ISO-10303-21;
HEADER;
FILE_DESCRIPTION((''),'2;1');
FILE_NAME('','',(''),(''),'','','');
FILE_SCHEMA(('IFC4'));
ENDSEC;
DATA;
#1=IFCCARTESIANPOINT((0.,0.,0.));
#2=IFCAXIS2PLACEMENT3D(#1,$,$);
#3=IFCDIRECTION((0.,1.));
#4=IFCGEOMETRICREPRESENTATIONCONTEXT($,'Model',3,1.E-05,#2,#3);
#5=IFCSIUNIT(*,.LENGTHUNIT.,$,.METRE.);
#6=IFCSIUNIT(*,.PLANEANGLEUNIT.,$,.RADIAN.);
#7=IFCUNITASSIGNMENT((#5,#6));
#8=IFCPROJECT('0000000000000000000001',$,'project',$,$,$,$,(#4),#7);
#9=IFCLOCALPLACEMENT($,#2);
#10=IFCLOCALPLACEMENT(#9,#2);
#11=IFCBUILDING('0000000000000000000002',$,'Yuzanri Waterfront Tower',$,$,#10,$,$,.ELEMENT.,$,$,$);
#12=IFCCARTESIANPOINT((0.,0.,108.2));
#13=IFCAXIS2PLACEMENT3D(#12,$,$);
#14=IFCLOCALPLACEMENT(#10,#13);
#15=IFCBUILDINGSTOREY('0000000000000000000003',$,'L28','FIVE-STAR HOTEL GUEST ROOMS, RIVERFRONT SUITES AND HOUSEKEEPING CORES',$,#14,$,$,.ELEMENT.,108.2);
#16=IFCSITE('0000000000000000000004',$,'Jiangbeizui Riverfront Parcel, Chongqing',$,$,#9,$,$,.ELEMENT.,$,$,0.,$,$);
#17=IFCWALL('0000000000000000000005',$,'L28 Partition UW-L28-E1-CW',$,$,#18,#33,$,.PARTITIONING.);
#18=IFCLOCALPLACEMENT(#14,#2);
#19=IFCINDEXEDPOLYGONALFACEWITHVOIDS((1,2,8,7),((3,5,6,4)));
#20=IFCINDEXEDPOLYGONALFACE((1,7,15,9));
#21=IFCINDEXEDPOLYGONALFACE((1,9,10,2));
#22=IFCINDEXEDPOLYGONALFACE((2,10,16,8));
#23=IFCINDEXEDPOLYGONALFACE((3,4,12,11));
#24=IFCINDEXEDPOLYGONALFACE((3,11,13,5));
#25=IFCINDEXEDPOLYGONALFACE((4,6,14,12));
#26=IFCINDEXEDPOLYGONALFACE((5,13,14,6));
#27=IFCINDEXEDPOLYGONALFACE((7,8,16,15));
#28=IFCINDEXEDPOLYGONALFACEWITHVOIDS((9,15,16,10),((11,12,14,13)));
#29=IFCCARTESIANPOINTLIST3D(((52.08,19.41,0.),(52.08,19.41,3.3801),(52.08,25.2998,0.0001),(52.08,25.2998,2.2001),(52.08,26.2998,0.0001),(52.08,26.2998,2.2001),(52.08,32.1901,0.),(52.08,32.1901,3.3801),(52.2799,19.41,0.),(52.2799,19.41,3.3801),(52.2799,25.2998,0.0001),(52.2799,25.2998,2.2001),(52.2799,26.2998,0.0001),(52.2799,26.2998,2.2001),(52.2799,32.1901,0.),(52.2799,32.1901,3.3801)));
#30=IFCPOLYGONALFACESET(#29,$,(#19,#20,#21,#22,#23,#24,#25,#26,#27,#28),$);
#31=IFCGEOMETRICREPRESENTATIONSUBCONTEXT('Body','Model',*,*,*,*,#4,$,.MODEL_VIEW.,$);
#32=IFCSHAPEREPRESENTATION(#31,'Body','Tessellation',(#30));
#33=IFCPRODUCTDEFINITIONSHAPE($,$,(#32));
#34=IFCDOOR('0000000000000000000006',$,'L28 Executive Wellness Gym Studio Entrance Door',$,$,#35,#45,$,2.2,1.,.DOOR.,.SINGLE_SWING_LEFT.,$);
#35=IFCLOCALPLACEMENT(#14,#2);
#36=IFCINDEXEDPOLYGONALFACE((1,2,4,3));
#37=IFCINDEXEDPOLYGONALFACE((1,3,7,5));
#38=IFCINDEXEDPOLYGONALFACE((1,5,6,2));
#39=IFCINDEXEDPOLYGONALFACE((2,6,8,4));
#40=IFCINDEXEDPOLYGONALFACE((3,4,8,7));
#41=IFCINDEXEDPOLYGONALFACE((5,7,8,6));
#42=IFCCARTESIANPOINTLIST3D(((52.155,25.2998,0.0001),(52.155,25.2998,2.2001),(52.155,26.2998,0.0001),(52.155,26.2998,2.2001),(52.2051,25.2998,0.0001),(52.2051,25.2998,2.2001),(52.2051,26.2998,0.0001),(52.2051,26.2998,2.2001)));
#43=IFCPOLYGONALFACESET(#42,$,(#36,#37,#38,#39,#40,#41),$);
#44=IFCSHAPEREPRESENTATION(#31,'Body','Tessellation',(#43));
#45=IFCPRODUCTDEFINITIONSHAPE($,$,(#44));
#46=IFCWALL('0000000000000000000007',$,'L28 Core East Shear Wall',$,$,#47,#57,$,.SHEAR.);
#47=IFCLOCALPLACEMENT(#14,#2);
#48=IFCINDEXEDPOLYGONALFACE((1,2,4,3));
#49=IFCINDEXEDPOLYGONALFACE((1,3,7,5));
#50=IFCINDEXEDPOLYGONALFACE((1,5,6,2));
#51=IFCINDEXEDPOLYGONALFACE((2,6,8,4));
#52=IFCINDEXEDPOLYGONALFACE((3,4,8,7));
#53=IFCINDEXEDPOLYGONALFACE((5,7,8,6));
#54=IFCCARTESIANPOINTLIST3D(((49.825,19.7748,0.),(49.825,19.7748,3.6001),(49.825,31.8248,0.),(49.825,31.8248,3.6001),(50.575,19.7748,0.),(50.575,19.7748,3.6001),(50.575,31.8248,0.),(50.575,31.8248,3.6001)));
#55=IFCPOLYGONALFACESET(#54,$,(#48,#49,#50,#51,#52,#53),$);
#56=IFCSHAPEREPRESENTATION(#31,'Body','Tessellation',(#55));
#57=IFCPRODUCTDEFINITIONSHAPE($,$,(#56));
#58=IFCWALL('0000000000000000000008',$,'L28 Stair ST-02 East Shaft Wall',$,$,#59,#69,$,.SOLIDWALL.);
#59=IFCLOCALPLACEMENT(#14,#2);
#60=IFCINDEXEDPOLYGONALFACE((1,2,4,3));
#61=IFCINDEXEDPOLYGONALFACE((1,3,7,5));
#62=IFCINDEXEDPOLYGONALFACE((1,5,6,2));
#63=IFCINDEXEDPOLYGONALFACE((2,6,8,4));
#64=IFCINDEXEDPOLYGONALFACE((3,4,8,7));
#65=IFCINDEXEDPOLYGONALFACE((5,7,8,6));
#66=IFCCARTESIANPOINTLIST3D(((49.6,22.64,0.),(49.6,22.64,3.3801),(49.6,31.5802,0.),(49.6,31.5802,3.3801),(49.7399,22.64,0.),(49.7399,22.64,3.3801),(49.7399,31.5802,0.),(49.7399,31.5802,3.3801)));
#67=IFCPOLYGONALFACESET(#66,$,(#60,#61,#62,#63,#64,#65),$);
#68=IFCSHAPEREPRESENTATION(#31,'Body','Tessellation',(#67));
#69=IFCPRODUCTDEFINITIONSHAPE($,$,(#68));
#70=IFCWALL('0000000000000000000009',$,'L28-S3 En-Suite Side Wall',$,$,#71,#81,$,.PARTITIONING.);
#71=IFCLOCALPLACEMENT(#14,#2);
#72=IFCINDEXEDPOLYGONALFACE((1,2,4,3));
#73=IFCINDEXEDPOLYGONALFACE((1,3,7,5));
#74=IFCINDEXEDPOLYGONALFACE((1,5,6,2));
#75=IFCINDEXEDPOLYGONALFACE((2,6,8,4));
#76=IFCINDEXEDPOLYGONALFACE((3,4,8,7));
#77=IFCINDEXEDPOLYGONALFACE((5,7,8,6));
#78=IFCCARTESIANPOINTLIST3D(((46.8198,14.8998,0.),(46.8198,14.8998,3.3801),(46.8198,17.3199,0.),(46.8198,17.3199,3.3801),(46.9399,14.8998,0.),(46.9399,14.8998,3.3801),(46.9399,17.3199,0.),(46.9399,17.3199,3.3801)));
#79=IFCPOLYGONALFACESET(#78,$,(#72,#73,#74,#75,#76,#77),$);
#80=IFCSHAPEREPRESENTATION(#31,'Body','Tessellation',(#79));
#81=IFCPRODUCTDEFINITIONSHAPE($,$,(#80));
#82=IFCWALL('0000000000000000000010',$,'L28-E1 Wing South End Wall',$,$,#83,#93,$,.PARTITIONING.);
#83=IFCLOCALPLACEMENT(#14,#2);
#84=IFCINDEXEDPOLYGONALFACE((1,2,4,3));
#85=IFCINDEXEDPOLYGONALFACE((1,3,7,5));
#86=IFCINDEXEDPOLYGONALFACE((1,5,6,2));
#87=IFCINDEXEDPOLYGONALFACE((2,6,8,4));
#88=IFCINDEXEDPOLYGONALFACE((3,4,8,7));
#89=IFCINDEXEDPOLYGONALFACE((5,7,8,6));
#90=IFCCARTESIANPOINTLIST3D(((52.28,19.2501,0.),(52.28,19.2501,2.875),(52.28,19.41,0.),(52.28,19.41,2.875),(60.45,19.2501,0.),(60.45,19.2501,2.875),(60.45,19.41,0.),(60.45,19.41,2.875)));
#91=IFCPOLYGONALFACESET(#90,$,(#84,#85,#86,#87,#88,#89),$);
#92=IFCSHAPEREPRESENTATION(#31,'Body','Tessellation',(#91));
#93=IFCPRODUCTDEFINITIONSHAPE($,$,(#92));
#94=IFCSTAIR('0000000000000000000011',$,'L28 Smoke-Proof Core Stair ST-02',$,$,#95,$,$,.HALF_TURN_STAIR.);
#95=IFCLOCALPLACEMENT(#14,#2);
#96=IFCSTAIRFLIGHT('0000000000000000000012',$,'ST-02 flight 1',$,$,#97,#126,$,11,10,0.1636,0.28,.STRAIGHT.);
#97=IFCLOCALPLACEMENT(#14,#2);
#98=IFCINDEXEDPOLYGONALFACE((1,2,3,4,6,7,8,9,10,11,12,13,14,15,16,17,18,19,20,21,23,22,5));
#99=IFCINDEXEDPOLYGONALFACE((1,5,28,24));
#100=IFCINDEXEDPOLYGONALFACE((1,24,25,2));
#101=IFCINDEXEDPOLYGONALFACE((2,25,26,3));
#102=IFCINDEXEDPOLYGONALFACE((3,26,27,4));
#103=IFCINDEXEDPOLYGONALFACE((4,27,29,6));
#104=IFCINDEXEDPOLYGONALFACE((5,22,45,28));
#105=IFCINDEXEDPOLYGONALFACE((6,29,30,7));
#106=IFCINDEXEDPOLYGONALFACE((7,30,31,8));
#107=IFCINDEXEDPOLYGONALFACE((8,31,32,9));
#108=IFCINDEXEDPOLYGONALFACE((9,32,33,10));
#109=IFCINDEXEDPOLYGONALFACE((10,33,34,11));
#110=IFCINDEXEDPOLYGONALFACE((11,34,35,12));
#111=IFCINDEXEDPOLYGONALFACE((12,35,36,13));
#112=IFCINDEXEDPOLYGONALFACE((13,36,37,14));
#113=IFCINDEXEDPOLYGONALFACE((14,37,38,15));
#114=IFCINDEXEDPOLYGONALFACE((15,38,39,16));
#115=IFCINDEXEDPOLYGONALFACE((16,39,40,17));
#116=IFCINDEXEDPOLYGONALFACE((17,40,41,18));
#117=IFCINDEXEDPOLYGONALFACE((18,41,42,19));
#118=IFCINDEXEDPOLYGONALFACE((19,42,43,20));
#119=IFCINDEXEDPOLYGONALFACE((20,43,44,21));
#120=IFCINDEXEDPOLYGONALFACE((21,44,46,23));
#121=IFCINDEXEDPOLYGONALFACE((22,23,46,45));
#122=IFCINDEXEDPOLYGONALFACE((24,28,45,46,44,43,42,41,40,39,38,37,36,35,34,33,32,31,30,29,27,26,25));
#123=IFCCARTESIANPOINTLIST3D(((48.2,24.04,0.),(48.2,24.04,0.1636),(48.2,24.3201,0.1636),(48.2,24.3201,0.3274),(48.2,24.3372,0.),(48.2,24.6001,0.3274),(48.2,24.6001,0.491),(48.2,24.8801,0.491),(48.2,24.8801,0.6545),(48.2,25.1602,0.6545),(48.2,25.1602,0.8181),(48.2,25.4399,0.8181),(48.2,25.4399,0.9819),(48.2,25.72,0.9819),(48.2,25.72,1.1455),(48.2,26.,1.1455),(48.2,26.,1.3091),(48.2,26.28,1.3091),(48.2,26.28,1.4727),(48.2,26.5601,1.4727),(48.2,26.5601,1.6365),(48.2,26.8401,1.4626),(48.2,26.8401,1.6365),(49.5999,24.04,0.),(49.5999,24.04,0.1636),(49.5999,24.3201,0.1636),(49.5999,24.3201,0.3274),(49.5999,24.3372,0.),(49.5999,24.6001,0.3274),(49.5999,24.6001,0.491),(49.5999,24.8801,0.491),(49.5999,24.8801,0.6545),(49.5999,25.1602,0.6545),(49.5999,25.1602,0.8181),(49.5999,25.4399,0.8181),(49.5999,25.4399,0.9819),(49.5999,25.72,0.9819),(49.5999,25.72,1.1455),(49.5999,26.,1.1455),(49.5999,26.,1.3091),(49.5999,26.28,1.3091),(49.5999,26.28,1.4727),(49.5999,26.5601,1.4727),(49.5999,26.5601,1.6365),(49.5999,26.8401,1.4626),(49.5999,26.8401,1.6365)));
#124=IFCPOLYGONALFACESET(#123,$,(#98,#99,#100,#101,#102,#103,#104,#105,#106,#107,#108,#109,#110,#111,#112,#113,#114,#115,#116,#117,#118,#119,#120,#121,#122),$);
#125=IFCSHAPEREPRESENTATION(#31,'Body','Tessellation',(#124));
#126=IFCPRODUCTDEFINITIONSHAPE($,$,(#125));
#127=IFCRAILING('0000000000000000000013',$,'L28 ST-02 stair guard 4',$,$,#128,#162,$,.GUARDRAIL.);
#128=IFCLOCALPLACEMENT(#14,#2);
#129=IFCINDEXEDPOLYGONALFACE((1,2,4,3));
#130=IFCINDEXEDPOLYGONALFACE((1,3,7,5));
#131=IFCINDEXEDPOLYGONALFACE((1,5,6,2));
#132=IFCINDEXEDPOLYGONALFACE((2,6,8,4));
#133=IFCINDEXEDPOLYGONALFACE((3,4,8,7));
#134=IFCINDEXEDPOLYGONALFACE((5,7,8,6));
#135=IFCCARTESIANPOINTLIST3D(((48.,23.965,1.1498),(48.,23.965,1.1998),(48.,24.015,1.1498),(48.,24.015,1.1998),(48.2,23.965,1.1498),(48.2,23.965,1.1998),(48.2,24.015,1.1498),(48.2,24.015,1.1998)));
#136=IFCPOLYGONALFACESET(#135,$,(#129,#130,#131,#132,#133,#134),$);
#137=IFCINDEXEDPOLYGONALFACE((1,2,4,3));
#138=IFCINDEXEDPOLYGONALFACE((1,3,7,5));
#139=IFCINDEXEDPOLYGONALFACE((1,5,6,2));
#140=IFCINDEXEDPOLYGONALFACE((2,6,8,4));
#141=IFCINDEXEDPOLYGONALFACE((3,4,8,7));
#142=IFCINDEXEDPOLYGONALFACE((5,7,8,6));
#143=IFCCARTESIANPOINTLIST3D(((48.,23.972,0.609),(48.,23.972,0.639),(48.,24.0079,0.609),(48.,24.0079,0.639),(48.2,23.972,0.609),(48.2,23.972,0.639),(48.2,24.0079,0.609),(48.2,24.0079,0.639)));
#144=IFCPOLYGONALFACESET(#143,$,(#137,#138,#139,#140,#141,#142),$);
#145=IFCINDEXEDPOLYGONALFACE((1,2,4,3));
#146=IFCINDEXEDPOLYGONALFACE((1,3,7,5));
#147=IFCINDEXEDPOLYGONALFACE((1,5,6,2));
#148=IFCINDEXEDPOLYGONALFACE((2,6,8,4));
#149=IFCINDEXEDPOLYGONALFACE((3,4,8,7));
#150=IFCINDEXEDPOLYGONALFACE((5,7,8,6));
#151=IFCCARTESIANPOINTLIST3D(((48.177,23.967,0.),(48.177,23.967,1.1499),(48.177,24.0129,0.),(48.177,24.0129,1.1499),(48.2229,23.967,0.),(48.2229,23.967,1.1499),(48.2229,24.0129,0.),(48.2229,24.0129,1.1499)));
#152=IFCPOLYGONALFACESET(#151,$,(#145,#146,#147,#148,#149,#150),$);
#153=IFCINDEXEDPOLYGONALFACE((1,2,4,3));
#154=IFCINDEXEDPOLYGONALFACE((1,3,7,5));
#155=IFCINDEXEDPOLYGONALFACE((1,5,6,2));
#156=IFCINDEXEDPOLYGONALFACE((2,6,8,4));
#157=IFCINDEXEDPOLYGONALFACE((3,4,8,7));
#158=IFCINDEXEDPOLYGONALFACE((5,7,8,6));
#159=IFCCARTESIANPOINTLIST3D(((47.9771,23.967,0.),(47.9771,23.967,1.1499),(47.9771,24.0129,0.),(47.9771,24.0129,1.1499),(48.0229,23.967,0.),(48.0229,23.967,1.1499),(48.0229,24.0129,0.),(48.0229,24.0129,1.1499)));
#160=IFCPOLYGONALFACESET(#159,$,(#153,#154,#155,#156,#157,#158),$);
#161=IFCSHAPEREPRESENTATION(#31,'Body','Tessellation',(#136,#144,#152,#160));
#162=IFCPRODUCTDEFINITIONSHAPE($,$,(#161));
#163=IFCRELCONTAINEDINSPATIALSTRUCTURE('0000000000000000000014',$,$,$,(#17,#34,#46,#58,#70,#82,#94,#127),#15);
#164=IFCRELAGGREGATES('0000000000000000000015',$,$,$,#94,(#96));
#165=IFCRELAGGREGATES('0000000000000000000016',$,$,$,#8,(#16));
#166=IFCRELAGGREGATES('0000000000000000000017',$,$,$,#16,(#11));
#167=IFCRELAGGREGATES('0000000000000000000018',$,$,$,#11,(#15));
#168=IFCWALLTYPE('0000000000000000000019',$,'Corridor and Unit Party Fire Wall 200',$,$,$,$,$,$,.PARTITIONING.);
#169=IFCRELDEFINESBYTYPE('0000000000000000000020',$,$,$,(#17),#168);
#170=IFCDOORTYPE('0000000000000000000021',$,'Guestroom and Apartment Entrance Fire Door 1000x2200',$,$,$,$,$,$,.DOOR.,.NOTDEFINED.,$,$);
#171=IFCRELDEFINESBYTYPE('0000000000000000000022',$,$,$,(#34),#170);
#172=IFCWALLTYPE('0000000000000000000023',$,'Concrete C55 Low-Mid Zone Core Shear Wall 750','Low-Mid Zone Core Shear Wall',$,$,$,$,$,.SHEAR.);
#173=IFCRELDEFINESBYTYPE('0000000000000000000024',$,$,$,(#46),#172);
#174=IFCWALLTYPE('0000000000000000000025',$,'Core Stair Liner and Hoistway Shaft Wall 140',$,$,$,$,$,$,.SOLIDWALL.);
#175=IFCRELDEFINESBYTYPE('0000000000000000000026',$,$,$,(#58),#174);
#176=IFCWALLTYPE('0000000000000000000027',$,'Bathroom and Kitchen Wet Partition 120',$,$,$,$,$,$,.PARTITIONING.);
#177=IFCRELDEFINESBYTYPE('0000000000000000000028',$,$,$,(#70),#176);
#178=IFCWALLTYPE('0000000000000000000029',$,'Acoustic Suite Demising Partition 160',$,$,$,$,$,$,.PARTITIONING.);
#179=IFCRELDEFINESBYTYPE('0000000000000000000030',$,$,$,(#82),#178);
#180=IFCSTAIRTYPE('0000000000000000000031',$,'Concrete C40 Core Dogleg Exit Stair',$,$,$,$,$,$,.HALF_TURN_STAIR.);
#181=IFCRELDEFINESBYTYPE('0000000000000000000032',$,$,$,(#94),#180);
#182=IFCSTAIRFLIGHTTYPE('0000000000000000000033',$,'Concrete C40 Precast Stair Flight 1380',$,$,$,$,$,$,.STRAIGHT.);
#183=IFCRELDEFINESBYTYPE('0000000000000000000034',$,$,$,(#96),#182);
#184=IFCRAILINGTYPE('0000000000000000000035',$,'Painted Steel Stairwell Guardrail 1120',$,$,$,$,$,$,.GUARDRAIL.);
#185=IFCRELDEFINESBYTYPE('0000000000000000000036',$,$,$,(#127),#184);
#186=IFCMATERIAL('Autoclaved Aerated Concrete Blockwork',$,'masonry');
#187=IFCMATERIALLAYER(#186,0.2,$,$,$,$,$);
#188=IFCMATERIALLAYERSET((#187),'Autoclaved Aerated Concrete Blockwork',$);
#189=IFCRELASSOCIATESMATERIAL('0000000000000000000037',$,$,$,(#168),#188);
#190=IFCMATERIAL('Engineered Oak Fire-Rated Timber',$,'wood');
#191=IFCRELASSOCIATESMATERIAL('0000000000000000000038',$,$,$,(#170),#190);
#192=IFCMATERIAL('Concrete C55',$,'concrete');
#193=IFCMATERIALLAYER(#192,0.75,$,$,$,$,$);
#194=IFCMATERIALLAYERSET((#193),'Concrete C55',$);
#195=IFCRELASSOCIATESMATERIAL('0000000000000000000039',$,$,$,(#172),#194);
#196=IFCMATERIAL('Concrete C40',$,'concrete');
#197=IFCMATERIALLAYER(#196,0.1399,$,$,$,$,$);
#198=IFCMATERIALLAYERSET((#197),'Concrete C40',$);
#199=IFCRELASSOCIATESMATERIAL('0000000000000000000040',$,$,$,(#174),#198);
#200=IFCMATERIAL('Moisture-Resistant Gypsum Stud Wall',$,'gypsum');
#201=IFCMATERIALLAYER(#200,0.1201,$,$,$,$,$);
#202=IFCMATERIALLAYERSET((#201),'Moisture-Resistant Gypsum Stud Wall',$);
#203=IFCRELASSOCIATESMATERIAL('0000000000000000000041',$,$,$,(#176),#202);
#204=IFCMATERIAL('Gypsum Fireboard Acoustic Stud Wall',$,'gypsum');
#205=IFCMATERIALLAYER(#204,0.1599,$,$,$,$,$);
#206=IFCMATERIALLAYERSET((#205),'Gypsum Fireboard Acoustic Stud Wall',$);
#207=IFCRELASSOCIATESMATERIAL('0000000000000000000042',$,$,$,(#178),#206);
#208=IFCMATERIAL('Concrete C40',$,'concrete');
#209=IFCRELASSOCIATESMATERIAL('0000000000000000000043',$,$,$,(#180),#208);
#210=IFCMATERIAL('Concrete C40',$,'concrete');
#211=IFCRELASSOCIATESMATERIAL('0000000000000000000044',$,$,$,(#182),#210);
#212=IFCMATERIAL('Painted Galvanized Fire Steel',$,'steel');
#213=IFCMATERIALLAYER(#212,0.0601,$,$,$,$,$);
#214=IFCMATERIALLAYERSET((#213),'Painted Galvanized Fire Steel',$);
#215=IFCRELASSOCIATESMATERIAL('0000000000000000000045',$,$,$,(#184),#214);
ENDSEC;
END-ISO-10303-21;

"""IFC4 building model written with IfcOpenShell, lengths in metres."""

from ifc_helpers import new_model, si_unit, direction, frame, frame_2d, origin, origin_2d, place, context, subcontext, project, spatial, polyline, rectangle, outline, extrude, source, transform, mapped, material, layer, layer_set, type_object, element, fill, aggregate, save


model = new_model("IFC4")

# Units and contexts
model_context = context("Model", 3, precision=1e-05, world=origin(), true_north=direction((0.0, 1.0)))
body_context = subcontext(model_context, "Body", "Model", "MODEL_VIEW")
ifc_project = project(units=[si_unit("LENGTHUNIT", "METRE"), si_unit("PLANEANGLEUNIT", "RADIAN")], contexts=[model_context])

# Site, building, storey
site_placement = place(None, origin())
site = spatial("IfcSite", under=ifc_project, at=site_placement, Name="Jiangbeizui Riverfront Parcel, Chongqing", CompositionType="ELEMENT", RefElevation=0.0)
building_placement = place(site_placement, origin())
building = spatial("IfcBuilding", under=site, at=building_placement, Name="Yuzanri Waterfront Tower", CompositionType="ELEMENT")
storey_placement = place(building_placement, frame((0.0, 0.0, 108.2)))
storey = spatial("IfcBuildingStorey", under=building, at=storey_placement, Name="L28", Description="FIVE-STAR HOTEL GUEST ROOMS, RIVERFRONT SUITES AND HOUSEKEEPING CORES", CompositionType="ELEMENT", Elevation=108.2)

# Wall, opening, door
ifc_material_1 = material(Name="Autoclaved Aerated Concrete Blockwork", Category="masonry")
ifc_layer_1 = layer(ifc_material_1, 0.2)
ifc_layer_set_1 = layer_set([ifc_layer_1], Name="Autoclaved Aerated Concrete Blockwork")
wall_type_1 = type_object("IfcWallType", Name="Corridor and Unit Party Fire Wall 200", PredefinedType="PARTITIONING", material=ifc_layer_set_1)
wall_1_placement = place(storey_placement, frame((52.1799, 19.4099, 0.0), z_axis=(0.0, 0.0, 1.0), x_axis=(0.0, 1.0, 0.0)))
wall_1 = element("IfcWall", 1, at=wall_1_placement, inside=storey, type_object=wall_type_1, Name="L28 Partition UW-L28-E1-CW", PredefinedType="PARTITIONING", context=body_context, shape_type="SweptSolid", body=[
    extrude(rectangle(XDim=12.78, YDim=0.2, at=frame_2d((6.3901, 0.0))), origin(), (0.0, 0.0, 1.0), 3.3801),
])
opening_placement = place(wall_1_placement, frame((5.8899, 0.0, 0.0)))
opening = element("IfcOpeningElement", 2, at=opening_placement, cuts=wall_1, PredefinedType="OPENING", context=body_context, shape_type="SweptSolid", body=[
    extrude(rectangle(XDim=1.0, YDim=2.2, at=frame_2d((0.5, 1.1001))), frame((0.0, 0.1147, 0.0), z_axis=(0.0, -1.0, 0.0), x_axis=(1.0, 0.0, 0.0)), (0.0, 0.0, 1.0), 0.2297),
])
ifc_material_2 = material(Name="Engineered Oak Fire-Rated Timber", Category="wood")
door_type = type_object("IfcDoorType", Name="Guestroom and Apartment Entrance Fire Door 1000x2200", OperationType="NOTDEFINED", PredefinedType="DOOR", material=ifc_material_2)
shared_shape_1 = source(origin(), body_context, "Body", "SweptSolid", [
    extrude(rectangle(XDim=1.0, YDim=2.2, at=frame_2d((0.5, 1.1001))), frame((0.0, 0.0249, 0.0), z_axis=(0.0, -1.0, 0.0), x_axis=(1.0, 0.0, 0.0)), (0.0, 0.0, 1.0), 0.05),
])
door_placement = place(opening_placement, origin())
door = element("IfcDoor", 3, at=door_placement, inside=storey, type_object=door_type, Name="L28 Executive Wellness Gym Studio Entrance Door", OperationType="SINGLE_SWING_LEFT", OverallHeight=2.2, OverallWidth=1.0, PredefinedType="DOOR", context=body_context, shape_type="MappedRepresentation", body=[
    mapped(shared_shape_1, transform((0.0, 0.0, 0.0), scale=1.0)),
])
fill(opening, door)

# Walls
ifc_material_3 = material(Name="Concrete C55", Category="concrete")
ifc_layer_2 = layer(ifc_material_3, 0.75)
ifc_layer_set_2 = layer_set([ifc_layer_2], Name="Concrete C55")
wall_type_2 = type_object("IfcWallType", Name="Concrete C55 Low-Mid Zone Core Shear Wall 750", Description="Low-Mid Zone Core Shear Wall", PredefinedType="SHEAR", material=ifc_layer_set_2)
shared_shape_2 = source(origin(), body_context, "Body", "SweptSolid", [
    extrude(rectangle(XDim=12.05, YDim=0.75, at=frame_2d((6.0249, 0.0))), origin(), (0.0, 0.0, 1.0), 3.6001),
])
wall_2_placement = place(storey_placement, frame((50.2, 19.7749, 0.0), z_axis=(0.0, 0.0, 1.0), x_axis=(0.0, 1.0, 0.0)))
element("IfcWall", 4, at=wall_2_placement, inside=storey, type_object=wall_type_2, Name="L28 Core East Shear Wall", PredefinedType="SHEAR", context=body_context, shape_type="MappedRepresentation", body=[
    mapped(shared_shape_2, transform((0.0, 0.0, 0.0), scale=1.0)),
])
ifc_material_4 = material(Name="Concrete C40", Category="concrete")
ifc_layer_3 = layer(ifc_material_4, 0.1399)
ifc_layer_set_3 = layer_set([ifc_layer_3], Name="Concrete C40")
wall_type_3 = type_object("IfcWallType", Name="Core Stair Liner and Hoistway Shaft Wall 140", PredefinedType="SOLIDWALL", material=ifc_layer_set_3)
shared_shape_3 = source(origin(), body_context, "Body", "SweptSolid", [
    extrude(rectangle(XDim=8.9402, YDim=0.1399, at=frame_2d((4.4702, 0.0))), origin(), (0.0, 0.0, 1.0), 3.3801),
])
wall_3_placement = place(storey_placement, frame((49.6699, 22.6399, 0.0), z_axis=(0.0, 0.0, 1.0), x_axis=(0.0, 1.0, 0.0)))
element("IfcWall", 5, at=wall_3_placement, inside=storey, type_object=wall_type_3, Name="L28 Stair ST-02 East Shaft Wall", PredefinedType="SOLIDWALL", context=body_context, shape_type="MappedRepresentation", body=[
    mapped(shared_shape_3, transform((0.0, 0.0, 0.0), scale=1.0)),
])
ifc_material_5 = material(Name="Moisture-Resistant Gypsum Stud Wall", Category="gypsum")
ifc_layer_4 = layer(ifc_material_5, 0.1201)
ifc_layer_set_4 = layer_set([ifc_layer_4], Name="Moisture-Resistant Gypsum Stud Wall")
wall_type_4 = type_object("IfcWallType", Name="Bathroom and Kitchen Wet Partition 120", PredefinedType="PARTITIONING", material=ifc_layer_set_4)
shared_shape_4 = source(origin(), body_context, "Body", "SweptSolid", [
    extrude(rectangle(XDim=2.4202, YDim=0.1201, at=frame_2d((1.21, 0.0))), origin(), (0.0, 0.0, 1.0), 3.3801),
])
wall_4_placement = place(storey_placement, frame((46.8799, 14.8999, 0.0), z_axis=(0.0, 0.0, 1.0), x_axis=(0.0, 1.0, 0.0)))
element("IfcWall", 6, at=wall_4_placement, inside=storey, type_object=wall_type_4, Name="L28-S3 En-Suite Side Wall", PredefinedType="PARTITIONING", context=body_context, shape_type="MappedRepresentation", body=[
    mapped(shared_shape_4, transform((0.0, 0.0, 0.0), scale=1.0)),
])
ifc_material_6 = material(Name="Gypsum Fireboard Acoustic Stud Wall", Category="gypsum")
ifc_layer_5 = layer(ifc_material_6, 0.1599)
ifc_layer_set_5 = layer_set([ifc_layer_5], Name="Gypsum Fireboard Acoustic Stud Wall")
wall_type_5 = type_object("IfcWallType", Name="Acoustic Suite Demising Partition 160", PredefinedType="PARTITIONING", material=ifc_layer_set_5)
shared_shape_5 = source(origin(), body_context, "Body", "SweptSolid", [
    extrude(rectangle(XDim=8.1699, YDim=0.1599, at=frame_2d((4.085, 0.0))), origin(), (0.0, 0.0, 1.0), 2.875),
])
wall_5_placement = place(storey_placement, frame((52.28, 19.3301, 0.0), z_axis=(0.0, 0.0, 1.0), x_axis=(1.0, 0.0, 0.0)))
element("IfcWall", 7, at=wall_5_placement, inside=storey, type_object=wall_type_5, Name="L28-E1 Wing South End Wall", PredefinedType="PARTITIONING", context=body_context, shape_type="MappedRepresentation", body=[
    mapped(shared_shape_5, transform((0.0, 0.0, 0.0), scale=1.0)),
])

# Stair, stair flight
ifc_material_7 = material(Name="Concrete C40", Category="concrete")
stair_type = type_object("IfcStairType", Name="Concrete C40 Core Dogleg Exit Stair", PredefinedType="HALF_TURN_STAIR", material=ifc_material_7)
stair_placement = place(storey_placement, origin())
stair = element("IfcStair", 8, at=stair_placement, inside=storey, type_object=stair_type, Name="L28 Smoke-Proof Core Stair ST-02", PredefinedType="HALF_TURN_STAIR")
ifc_material_8 = material(Name="Concrete C40", Category="concrete")
stair_flight_type = type_object("IfcStairFlightType", Name="Concrete C40 Precast Stair Flight 1380", PredefinedType="STRAIGHT", material=ifc_material_8)
shared_shape_6 = source(origin(), body_context, "Body", "SweptSolid", [
    extrude(outline(polyline([(0.0, 0.0), (0.0, 0.1636), (0.28, 0.1636), (0.28, 0.3274), (0.5601, 0.3274), (0.5601, 0.491), (0.8401, 0.491), (0.8401, 0.6545), (1.1201, 0.6545), (1.1201, 0.8181), (1.3999, 0.8181), (1.3999, 0.9819), (1.6799, 0.9819), (1.6799, 1.1455), (1.96, 1.1455), (1.96, 1.3091), (2.24, 1.3091), (2.24, 1.4727), (2.52, 1.4727), (2.52, 1.6365), (2.8, 1.6365), (2.8, 1.8), (2.8, 1.4626), (0.2971, 0.0), (0.0, 0.0)])), frame((0.0, 0.7, 0.0), z_axis=(0.0, -1.0, 0.0), x_axis=(1.0, 0.0, 0.0)), (0.0, 0.0, 1.0), 1.3999),
])
stair_flight_placement = place(storey_placement, frame((48.8999, 24.04, 0.0), z_axis=(0.0, 0.0, 1.0), x_axis=(0.0, 1.0, 0.0)))
stair_flight = element("IfcStairFlight", 9, at=stair_flight_placement, type_object=stair_flight_type, Name="ST-02 flight 1", NumberOfRisers=11, NumberOfTreads=10, PredefinedType="STRAIGHT", RiserHeight=0.1636, TreadLength=0.28, context=body_context, shape_type="MappedRepresentation", body=[
    mapped(shared_shape_6, transform((0.0, 0.0, 0.0), scale=1.0)),
])
aggregate(stair, [stair_flight])

# Railing
ifc_material_9 = material(Name="Painted Galvanized Fire Steel", Category="steel")
ifc_layer_6 = layer(ifc_material_9, 0.0601)
ifc_layer_set_6 = layer_set([ifc_layer_6], Name="Painted Galvanized Fire Steel")
railing_type_1 = type_object("IfcRailingType", Name="Painted Steel Stairwell Guardrail 1120", PredefinedType="GUARDRAIL", material=ifc_layer_set_6)
shared_shape_7 = source(origin(), body_context, "Body", "SweptSolid", [
    extrude(rectangle(XDim=0.05, YDim=0.05, at=origin_2d()), frame((0.0, 0.0, 1.1748), z_axis=(-1.0, 0.0, 0.0), x_axis=(0.0, -1.0, 0.0)), (0.0, 0.0, 1.0), 0.2),
    extrude(rectangle(XDim=0.0359, YDim=0.03, at=origin_2d()), frame((0.0, 0.0, 0.624), z_axis=(-1.0, 0.0, 0.0), x_axis=(0.0, -1.0, 0.0)), (0.0, 0.0, 1.0), 0.2),
    extrude(rectangle(XDim=0.0459, YDim=0.0459, at=origin_2d()), origin(), (0.0, 0.0, 1.0), 1.1499),
    extrude(rectangle(XDim=0.0459, YDim=0.0459, at=origin_2d()), frame((-0.2, 0.0, 0.0)), (0.0, 0.0, 1.0), 1.1499),
])
railing_1_placement = place(storey_placement, frame((48.2, 23.99, 0.0)))
element("IfcRailing", 10, at=railing_1_placement, inside=storey, type_object=railing_type_1, Name="L28 ST-02 stair guard 4", PredefinedType="GUARDRAIL", context=body_context, shape_type="MappedRepresentation", body=[
    mapped(shared_shape_7, transform((0.0, 0.0, 0.0), scale=1.0)),
])

save(model, "model.ifc")
